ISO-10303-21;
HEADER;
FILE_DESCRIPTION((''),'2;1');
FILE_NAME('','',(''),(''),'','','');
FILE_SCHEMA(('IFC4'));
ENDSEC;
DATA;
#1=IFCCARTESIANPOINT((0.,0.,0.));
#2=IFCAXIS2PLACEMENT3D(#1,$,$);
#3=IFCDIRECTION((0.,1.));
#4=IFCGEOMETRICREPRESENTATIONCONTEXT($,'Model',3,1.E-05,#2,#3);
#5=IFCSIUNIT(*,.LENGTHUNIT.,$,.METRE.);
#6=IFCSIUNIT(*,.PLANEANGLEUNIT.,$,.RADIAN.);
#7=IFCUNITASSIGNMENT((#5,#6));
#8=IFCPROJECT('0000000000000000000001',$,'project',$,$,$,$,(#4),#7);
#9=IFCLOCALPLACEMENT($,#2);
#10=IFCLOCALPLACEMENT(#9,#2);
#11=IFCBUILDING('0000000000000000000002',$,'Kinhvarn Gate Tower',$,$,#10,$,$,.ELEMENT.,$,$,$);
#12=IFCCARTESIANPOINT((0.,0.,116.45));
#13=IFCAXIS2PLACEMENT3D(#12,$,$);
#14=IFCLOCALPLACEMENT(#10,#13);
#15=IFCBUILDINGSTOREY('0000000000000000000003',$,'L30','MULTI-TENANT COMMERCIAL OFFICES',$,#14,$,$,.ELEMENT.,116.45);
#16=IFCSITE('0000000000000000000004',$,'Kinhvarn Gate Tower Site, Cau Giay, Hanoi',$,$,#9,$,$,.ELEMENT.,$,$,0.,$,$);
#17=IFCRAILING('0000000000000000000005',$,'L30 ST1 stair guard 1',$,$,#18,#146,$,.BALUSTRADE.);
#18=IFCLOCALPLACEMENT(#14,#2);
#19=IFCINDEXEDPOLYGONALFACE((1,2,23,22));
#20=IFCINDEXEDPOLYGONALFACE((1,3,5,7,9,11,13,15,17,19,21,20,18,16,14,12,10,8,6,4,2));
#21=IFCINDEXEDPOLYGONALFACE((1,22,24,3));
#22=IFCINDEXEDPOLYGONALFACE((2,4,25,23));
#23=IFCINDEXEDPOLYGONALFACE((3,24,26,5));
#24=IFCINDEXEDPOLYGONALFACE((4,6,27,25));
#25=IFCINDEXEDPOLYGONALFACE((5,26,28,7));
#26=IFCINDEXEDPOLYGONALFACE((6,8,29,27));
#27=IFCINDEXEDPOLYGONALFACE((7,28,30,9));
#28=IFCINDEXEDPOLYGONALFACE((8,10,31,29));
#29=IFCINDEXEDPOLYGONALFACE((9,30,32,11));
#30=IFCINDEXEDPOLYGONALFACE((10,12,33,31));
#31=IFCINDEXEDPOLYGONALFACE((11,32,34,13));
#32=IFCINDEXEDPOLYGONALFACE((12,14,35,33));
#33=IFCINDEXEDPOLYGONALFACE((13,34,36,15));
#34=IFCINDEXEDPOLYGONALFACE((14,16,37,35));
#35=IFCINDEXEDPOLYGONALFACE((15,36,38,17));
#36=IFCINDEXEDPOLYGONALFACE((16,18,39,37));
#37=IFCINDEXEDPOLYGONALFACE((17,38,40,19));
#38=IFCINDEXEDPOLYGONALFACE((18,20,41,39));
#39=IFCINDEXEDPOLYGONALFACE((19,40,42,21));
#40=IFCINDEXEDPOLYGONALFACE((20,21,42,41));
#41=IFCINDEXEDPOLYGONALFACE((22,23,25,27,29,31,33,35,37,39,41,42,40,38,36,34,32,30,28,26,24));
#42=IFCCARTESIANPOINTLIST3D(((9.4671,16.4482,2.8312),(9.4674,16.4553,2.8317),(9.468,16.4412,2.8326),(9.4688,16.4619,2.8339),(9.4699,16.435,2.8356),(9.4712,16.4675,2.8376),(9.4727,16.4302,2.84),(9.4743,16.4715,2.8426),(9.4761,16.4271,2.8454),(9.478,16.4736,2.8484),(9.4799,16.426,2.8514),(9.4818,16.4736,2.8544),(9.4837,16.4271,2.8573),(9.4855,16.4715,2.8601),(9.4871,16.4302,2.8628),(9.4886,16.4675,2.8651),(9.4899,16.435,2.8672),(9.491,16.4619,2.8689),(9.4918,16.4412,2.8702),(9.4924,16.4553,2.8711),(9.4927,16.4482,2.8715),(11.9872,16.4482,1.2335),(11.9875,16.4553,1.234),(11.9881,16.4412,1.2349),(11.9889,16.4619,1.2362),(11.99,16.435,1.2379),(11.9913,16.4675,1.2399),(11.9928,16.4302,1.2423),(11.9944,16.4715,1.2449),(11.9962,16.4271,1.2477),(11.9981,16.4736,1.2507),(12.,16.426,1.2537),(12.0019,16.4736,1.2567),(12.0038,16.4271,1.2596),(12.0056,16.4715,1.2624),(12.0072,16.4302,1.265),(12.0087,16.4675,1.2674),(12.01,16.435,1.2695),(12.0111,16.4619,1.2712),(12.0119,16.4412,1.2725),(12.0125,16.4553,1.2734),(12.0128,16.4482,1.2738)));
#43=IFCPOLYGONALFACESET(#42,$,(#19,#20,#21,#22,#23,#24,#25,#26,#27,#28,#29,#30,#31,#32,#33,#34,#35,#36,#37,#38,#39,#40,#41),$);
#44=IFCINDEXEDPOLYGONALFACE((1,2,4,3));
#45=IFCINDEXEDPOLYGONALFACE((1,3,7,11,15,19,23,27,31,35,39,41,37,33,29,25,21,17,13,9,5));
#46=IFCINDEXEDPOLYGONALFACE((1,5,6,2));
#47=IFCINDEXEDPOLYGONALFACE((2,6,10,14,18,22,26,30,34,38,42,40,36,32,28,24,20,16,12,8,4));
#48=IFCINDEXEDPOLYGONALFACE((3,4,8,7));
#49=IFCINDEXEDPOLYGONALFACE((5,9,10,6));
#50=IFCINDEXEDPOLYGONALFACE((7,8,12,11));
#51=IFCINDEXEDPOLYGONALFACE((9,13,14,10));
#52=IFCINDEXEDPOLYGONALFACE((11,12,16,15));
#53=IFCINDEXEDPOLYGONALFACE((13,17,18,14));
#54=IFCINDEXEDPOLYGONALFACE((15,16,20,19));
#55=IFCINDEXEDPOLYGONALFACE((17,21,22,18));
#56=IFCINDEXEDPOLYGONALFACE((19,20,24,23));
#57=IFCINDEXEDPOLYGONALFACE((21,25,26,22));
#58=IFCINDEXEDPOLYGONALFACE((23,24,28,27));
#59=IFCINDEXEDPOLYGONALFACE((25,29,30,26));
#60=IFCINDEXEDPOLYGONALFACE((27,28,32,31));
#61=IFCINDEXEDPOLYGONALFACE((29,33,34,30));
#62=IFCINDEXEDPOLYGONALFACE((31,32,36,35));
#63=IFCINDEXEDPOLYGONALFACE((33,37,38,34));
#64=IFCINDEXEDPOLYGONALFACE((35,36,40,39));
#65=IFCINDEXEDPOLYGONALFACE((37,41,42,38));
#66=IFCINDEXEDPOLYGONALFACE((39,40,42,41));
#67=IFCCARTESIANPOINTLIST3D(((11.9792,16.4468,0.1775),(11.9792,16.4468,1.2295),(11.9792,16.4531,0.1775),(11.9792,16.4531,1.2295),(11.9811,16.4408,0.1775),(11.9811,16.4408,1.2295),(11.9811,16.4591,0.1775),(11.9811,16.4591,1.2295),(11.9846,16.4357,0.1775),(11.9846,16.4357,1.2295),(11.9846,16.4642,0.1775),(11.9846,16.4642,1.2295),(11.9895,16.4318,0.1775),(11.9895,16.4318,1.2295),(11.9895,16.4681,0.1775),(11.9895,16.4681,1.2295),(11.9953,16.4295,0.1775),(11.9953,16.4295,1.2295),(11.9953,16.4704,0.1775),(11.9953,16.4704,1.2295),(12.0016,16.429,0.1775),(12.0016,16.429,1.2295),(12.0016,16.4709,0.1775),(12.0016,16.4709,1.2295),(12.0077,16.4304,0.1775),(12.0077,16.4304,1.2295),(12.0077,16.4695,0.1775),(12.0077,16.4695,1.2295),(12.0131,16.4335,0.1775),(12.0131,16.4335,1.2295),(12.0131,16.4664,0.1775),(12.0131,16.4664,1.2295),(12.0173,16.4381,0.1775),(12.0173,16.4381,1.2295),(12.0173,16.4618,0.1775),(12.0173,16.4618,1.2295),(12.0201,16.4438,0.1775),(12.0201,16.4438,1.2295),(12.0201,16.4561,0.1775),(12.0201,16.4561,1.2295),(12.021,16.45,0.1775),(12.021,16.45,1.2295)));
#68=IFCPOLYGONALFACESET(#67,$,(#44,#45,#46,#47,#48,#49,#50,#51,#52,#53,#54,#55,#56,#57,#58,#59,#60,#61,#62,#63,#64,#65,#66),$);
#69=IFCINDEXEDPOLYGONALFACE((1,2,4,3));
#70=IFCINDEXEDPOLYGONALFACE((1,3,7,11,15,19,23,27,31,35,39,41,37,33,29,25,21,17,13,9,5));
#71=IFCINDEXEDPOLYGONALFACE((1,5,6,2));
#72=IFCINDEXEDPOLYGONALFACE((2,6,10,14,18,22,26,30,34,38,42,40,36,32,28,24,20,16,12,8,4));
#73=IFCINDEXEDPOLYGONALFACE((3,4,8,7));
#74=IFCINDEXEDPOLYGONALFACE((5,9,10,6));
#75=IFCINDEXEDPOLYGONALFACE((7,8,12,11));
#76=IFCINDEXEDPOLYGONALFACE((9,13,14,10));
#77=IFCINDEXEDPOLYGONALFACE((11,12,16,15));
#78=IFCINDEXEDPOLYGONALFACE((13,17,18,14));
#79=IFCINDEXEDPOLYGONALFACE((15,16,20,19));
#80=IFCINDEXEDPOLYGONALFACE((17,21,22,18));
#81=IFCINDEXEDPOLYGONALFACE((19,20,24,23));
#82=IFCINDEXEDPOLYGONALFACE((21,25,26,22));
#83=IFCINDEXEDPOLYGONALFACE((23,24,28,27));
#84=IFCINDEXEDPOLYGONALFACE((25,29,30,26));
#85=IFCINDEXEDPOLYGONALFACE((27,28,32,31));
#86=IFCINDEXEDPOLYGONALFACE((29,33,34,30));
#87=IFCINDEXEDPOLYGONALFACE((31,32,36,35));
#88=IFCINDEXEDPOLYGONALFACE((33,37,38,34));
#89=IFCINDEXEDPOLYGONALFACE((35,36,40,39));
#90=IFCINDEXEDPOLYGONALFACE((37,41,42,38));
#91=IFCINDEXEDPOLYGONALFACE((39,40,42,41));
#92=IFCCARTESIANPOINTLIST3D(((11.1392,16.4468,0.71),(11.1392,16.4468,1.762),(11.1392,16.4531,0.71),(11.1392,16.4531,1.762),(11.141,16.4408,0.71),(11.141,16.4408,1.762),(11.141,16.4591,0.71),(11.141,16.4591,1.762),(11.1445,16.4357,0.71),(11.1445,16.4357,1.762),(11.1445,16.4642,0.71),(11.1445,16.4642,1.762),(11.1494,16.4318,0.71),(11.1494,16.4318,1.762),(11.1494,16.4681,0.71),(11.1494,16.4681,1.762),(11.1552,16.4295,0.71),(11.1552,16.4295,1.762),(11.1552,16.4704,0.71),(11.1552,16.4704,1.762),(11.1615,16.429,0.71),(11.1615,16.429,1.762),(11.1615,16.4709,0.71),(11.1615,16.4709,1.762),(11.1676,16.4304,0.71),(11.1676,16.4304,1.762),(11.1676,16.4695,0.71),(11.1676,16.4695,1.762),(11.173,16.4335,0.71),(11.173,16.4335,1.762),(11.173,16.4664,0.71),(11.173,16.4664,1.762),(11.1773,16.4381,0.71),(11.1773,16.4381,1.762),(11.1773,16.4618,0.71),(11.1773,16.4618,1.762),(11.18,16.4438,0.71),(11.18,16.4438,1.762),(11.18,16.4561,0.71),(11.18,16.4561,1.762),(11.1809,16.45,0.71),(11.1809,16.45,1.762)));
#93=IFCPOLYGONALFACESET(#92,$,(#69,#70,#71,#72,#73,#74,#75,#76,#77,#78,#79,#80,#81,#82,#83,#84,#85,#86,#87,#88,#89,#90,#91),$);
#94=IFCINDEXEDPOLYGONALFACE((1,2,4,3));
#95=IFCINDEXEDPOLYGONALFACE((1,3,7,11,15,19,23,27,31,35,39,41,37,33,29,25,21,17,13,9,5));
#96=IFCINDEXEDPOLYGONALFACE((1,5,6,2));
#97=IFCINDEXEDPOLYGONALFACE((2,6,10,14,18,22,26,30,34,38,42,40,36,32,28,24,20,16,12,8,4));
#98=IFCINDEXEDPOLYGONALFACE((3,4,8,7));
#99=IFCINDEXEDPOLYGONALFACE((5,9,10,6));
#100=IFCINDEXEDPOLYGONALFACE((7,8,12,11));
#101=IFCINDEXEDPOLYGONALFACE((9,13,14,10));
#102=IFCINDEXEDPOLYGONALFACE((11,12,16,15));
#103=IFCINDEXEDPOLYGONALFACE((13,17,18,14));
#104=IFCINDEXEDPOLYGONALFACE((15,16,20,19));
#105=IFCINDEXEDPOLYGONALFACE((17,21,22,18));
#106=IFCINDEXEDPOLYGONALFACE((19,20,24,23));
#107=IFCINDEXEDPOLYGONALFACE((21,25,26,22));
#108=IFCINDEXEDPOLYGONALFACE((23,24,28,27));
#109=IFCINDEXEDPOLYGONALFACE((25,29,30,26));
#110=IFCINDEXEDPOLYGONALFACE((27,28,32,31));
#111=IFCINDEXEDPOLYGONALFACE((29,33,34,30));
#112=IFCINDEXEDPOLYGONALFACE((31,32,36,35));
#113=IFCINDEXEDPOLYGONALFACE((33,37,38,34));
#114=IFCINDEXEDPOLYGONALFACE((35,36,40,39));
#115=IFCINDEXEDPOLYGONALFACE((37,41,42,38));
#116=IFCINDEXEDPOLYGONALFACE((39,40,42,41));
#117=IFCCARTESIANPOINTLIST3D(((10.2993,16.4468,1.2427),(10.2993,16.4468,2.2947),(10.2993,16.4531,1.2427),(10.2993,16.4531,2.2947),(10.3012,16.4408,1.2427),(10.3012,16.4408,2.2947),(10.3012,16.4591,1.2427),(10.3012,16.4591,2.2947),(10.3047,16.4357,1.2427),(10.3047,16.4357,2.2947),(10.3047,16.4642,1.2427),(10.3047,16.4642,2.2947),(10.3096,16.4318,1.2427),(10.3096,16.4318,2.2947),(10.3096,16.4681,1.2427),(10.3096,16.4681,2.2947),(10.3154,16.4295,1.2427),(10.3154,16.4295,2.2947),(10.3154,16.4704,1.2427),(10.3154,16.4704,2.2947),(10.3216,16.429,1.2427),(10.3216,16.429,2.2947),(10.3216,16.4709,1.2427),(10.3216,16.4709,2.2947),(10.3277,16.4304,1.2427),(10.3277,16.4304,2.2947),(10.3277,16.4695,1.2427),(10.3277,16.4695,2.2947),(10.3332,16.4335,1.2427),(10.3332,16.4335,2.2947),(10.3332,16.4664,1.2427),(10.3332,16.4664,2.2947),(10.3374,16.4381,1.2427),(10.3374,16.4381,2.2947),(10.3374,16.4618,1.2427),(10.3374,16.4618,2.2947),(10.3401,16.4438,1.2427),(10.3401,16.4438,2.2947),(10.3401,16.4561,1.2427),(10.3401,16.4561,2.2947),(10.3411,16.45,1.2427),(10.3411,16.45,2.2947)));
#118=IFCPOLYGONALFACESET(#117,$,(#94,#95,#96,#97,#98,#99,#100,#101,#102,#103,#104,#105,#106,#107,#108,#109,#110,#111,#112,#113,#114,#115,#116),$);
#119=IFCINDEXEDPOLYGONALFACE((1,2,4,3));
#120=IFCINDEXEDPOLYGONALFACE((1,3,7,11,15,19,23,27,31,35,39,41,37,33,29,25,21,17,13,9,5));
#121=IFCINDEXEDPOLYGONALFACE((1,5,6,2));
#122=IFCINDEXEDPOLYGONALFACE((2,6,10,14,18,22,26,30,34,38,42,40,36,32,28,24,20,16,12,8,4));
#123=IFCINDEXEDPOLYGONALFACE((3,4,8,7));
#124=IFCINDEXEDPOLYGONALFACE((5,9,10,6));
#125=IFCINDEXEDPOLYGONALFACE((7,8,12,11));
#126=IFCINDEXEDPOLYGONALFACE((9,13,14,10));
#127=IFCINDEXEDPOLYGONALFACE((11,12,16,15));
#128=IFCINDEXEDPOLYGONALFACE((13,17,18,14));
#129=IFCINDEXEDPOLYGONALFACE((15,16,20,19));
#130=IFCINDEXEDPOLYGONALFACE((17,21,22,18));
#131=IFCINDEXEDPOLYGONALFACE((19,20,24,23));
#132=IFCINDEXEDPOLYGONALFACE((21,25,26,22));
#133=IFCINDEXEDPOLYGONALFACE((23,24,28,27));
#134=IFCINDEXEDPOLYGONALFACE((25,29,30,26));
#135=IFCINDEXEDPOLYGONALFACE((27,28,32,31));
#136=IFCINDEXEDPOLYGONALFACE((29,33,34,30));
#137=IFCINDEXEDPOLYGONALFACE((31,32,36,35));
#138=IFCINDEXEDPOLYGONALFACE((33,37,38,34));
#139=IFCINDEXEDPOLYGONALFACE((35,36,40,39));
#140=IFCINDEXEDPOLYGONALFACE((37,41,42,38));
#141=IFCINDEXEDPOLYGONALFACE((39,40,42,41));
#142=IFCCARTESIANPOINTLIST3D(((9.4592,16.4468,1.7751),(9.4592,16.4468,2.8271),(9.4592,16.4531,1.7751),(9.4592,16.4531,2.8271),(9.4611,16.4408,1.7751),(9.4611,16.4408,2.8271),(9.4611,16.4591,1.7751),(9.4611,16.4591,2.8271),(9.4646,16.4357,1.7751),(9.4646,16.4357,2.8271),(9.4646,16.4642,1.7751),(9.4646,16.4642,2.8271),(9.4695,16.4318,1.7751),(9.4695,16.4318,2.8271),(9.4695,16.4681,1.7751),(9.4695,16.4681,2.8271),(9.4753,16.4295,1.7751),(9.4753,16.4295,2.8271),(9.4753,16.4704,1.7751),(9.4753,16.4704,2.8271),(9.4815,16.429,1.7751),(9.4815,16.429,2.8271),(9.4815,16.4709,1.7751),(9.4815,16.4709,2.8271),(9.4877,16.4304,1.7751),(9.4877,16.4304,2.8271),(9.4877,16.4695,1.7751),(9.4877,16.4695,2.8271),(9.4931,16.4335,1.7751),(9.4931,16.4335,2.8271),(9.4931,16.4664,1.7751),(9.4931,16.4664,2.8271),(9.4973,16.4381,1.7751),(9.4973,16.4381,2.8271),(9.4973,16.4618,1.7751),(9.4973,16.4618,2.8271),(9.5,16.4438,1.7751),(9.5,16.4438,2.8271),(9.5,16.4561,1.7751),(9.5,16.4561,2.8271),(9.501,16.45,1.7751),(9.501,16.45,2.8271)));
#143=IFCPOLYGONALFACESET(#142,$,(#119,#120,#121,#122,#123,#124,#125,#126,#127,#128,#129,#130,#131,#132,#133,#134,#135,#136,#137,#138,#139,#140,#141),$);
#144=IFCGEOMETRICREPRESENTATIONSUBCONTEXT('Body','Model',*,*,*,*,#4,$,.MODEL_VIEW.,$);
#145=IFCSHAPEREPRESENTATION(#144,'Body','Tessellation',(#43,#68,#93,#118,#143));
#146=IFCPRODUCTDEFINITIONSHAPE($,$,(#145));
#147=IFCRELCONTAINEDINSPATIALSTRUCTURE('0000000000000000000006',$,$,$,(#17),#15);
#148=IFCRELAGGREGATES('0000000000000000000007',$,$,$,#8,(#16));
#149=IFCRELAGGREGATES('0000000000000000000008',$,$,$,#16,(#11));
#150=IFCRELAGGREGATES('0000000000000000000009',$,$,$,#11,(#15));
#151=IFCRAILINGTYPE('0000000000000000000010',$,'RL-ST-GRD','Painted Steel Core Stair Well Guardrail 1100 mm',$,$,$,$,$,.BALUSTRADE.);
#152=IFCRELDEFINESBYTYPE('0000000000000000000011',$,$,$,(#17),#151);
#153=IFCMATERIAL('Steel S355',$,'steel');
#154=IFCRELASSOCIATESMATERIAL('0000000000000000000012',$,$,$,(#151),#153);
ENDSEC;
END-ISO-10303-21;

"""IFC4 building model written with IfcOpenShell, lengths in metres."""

from ifc_helpers import new_model, si_unit, direction, frame, origin, origin_2d, place, context, subcontext, project, spatial, circle, extrude, material, type_object, element, save


model = new_model("IFC4")

# Units and contexts
model_context = context("Model", 3, precision=1e-05, world=origin(), true_north=direction((0.0, 1.0)))
body_context = subcontext(model_context, "Body", "Model", "MODEL_VIEW")
ifc_project = project(units=[si_unit("LENGTHUNIT", "METRE"), si_unit("PLANEANGLEUNIT", "RADIAN")], contexts=[model_context])

# Site, building, storey
site_placement = place(None, origin())
site = spatial("IfcSite", under=ifc_project, at=site_placement, Name="Kinhvarn Gate Tower Site, Cau Giay, Hanoi", CompositionType="ELEMENT", RefElevation=0.0)
building_placement = place(site_placement, origin())
building = spatial("IfcBuilding", under=site, at=building_placement, Name="Kinhvarn Gate Tower", CompositionType="ELEMENT")
storey_placement = place(building_placement, frame((0.0, 0.0, 116.45)))
storey = spatial("IfcBuildingStorey", under=building, at=storey_placement, Name="L30", Description="MULTI-TENANT COMMERCIAL OFFICES", CompositionType="ELEMENT", Elevation=116.45)

# Shared definitions
ifc_material_1 = material(Name="Steel S355", Category="steel")

# Railing
railing_type_1 = type_object("IfcRailingType", Name="RL-ST-GRD", Description="Painted Steel Core Stair Well Guardrail 1100 mm", PredefinedType="BALUSTRADE", material=ifc_material_1)
railing_1_placement = place(storey_placement, frame((12.0, 16.45, 0.1775)))
element("IfcRailing", 1, at=railing_1_placement, inside=storey, type_object=railing_type_1, Name="L30 ST1 stair guard 1", PredefinedType="BALUSTRADE", context=body_context, shape_type="SweptSolid", body=[
    extrude(circle(Radius=0.0239, at=origin_2d()), frame((0.0, 0.0, 1.0762), z_axis=(-0.84457, 0.0, 0.535445), x_axis=(0.0, -1.0, 0.0)), (0.0, 0.0, 1.0), 2.9839),
    extrude(circle(Radius=0.021, at=origin_2d()), origin(), (0.0, 0.0, 1.0), 1.052),
    extrude(circle(Radius=0.021, at=origin_2d()), frame((-0.8401, 0.0, 0.5325)), (0.0, 0.0, 1.0), 1.052),
    extrude(circle(Radius=0.021, at=origin_2d()), frame((-1.6799, 0.0, 1.0652)), (0.0, 0.0, 1.0), 1.052),
    extrude(circle(Radius=0.021, at=origin_2d()), frame((-2.52, 0.0, 1.5977)), (0.0, 0.0, 1.0), 1.052),
])

save(model, "model.ifc")
